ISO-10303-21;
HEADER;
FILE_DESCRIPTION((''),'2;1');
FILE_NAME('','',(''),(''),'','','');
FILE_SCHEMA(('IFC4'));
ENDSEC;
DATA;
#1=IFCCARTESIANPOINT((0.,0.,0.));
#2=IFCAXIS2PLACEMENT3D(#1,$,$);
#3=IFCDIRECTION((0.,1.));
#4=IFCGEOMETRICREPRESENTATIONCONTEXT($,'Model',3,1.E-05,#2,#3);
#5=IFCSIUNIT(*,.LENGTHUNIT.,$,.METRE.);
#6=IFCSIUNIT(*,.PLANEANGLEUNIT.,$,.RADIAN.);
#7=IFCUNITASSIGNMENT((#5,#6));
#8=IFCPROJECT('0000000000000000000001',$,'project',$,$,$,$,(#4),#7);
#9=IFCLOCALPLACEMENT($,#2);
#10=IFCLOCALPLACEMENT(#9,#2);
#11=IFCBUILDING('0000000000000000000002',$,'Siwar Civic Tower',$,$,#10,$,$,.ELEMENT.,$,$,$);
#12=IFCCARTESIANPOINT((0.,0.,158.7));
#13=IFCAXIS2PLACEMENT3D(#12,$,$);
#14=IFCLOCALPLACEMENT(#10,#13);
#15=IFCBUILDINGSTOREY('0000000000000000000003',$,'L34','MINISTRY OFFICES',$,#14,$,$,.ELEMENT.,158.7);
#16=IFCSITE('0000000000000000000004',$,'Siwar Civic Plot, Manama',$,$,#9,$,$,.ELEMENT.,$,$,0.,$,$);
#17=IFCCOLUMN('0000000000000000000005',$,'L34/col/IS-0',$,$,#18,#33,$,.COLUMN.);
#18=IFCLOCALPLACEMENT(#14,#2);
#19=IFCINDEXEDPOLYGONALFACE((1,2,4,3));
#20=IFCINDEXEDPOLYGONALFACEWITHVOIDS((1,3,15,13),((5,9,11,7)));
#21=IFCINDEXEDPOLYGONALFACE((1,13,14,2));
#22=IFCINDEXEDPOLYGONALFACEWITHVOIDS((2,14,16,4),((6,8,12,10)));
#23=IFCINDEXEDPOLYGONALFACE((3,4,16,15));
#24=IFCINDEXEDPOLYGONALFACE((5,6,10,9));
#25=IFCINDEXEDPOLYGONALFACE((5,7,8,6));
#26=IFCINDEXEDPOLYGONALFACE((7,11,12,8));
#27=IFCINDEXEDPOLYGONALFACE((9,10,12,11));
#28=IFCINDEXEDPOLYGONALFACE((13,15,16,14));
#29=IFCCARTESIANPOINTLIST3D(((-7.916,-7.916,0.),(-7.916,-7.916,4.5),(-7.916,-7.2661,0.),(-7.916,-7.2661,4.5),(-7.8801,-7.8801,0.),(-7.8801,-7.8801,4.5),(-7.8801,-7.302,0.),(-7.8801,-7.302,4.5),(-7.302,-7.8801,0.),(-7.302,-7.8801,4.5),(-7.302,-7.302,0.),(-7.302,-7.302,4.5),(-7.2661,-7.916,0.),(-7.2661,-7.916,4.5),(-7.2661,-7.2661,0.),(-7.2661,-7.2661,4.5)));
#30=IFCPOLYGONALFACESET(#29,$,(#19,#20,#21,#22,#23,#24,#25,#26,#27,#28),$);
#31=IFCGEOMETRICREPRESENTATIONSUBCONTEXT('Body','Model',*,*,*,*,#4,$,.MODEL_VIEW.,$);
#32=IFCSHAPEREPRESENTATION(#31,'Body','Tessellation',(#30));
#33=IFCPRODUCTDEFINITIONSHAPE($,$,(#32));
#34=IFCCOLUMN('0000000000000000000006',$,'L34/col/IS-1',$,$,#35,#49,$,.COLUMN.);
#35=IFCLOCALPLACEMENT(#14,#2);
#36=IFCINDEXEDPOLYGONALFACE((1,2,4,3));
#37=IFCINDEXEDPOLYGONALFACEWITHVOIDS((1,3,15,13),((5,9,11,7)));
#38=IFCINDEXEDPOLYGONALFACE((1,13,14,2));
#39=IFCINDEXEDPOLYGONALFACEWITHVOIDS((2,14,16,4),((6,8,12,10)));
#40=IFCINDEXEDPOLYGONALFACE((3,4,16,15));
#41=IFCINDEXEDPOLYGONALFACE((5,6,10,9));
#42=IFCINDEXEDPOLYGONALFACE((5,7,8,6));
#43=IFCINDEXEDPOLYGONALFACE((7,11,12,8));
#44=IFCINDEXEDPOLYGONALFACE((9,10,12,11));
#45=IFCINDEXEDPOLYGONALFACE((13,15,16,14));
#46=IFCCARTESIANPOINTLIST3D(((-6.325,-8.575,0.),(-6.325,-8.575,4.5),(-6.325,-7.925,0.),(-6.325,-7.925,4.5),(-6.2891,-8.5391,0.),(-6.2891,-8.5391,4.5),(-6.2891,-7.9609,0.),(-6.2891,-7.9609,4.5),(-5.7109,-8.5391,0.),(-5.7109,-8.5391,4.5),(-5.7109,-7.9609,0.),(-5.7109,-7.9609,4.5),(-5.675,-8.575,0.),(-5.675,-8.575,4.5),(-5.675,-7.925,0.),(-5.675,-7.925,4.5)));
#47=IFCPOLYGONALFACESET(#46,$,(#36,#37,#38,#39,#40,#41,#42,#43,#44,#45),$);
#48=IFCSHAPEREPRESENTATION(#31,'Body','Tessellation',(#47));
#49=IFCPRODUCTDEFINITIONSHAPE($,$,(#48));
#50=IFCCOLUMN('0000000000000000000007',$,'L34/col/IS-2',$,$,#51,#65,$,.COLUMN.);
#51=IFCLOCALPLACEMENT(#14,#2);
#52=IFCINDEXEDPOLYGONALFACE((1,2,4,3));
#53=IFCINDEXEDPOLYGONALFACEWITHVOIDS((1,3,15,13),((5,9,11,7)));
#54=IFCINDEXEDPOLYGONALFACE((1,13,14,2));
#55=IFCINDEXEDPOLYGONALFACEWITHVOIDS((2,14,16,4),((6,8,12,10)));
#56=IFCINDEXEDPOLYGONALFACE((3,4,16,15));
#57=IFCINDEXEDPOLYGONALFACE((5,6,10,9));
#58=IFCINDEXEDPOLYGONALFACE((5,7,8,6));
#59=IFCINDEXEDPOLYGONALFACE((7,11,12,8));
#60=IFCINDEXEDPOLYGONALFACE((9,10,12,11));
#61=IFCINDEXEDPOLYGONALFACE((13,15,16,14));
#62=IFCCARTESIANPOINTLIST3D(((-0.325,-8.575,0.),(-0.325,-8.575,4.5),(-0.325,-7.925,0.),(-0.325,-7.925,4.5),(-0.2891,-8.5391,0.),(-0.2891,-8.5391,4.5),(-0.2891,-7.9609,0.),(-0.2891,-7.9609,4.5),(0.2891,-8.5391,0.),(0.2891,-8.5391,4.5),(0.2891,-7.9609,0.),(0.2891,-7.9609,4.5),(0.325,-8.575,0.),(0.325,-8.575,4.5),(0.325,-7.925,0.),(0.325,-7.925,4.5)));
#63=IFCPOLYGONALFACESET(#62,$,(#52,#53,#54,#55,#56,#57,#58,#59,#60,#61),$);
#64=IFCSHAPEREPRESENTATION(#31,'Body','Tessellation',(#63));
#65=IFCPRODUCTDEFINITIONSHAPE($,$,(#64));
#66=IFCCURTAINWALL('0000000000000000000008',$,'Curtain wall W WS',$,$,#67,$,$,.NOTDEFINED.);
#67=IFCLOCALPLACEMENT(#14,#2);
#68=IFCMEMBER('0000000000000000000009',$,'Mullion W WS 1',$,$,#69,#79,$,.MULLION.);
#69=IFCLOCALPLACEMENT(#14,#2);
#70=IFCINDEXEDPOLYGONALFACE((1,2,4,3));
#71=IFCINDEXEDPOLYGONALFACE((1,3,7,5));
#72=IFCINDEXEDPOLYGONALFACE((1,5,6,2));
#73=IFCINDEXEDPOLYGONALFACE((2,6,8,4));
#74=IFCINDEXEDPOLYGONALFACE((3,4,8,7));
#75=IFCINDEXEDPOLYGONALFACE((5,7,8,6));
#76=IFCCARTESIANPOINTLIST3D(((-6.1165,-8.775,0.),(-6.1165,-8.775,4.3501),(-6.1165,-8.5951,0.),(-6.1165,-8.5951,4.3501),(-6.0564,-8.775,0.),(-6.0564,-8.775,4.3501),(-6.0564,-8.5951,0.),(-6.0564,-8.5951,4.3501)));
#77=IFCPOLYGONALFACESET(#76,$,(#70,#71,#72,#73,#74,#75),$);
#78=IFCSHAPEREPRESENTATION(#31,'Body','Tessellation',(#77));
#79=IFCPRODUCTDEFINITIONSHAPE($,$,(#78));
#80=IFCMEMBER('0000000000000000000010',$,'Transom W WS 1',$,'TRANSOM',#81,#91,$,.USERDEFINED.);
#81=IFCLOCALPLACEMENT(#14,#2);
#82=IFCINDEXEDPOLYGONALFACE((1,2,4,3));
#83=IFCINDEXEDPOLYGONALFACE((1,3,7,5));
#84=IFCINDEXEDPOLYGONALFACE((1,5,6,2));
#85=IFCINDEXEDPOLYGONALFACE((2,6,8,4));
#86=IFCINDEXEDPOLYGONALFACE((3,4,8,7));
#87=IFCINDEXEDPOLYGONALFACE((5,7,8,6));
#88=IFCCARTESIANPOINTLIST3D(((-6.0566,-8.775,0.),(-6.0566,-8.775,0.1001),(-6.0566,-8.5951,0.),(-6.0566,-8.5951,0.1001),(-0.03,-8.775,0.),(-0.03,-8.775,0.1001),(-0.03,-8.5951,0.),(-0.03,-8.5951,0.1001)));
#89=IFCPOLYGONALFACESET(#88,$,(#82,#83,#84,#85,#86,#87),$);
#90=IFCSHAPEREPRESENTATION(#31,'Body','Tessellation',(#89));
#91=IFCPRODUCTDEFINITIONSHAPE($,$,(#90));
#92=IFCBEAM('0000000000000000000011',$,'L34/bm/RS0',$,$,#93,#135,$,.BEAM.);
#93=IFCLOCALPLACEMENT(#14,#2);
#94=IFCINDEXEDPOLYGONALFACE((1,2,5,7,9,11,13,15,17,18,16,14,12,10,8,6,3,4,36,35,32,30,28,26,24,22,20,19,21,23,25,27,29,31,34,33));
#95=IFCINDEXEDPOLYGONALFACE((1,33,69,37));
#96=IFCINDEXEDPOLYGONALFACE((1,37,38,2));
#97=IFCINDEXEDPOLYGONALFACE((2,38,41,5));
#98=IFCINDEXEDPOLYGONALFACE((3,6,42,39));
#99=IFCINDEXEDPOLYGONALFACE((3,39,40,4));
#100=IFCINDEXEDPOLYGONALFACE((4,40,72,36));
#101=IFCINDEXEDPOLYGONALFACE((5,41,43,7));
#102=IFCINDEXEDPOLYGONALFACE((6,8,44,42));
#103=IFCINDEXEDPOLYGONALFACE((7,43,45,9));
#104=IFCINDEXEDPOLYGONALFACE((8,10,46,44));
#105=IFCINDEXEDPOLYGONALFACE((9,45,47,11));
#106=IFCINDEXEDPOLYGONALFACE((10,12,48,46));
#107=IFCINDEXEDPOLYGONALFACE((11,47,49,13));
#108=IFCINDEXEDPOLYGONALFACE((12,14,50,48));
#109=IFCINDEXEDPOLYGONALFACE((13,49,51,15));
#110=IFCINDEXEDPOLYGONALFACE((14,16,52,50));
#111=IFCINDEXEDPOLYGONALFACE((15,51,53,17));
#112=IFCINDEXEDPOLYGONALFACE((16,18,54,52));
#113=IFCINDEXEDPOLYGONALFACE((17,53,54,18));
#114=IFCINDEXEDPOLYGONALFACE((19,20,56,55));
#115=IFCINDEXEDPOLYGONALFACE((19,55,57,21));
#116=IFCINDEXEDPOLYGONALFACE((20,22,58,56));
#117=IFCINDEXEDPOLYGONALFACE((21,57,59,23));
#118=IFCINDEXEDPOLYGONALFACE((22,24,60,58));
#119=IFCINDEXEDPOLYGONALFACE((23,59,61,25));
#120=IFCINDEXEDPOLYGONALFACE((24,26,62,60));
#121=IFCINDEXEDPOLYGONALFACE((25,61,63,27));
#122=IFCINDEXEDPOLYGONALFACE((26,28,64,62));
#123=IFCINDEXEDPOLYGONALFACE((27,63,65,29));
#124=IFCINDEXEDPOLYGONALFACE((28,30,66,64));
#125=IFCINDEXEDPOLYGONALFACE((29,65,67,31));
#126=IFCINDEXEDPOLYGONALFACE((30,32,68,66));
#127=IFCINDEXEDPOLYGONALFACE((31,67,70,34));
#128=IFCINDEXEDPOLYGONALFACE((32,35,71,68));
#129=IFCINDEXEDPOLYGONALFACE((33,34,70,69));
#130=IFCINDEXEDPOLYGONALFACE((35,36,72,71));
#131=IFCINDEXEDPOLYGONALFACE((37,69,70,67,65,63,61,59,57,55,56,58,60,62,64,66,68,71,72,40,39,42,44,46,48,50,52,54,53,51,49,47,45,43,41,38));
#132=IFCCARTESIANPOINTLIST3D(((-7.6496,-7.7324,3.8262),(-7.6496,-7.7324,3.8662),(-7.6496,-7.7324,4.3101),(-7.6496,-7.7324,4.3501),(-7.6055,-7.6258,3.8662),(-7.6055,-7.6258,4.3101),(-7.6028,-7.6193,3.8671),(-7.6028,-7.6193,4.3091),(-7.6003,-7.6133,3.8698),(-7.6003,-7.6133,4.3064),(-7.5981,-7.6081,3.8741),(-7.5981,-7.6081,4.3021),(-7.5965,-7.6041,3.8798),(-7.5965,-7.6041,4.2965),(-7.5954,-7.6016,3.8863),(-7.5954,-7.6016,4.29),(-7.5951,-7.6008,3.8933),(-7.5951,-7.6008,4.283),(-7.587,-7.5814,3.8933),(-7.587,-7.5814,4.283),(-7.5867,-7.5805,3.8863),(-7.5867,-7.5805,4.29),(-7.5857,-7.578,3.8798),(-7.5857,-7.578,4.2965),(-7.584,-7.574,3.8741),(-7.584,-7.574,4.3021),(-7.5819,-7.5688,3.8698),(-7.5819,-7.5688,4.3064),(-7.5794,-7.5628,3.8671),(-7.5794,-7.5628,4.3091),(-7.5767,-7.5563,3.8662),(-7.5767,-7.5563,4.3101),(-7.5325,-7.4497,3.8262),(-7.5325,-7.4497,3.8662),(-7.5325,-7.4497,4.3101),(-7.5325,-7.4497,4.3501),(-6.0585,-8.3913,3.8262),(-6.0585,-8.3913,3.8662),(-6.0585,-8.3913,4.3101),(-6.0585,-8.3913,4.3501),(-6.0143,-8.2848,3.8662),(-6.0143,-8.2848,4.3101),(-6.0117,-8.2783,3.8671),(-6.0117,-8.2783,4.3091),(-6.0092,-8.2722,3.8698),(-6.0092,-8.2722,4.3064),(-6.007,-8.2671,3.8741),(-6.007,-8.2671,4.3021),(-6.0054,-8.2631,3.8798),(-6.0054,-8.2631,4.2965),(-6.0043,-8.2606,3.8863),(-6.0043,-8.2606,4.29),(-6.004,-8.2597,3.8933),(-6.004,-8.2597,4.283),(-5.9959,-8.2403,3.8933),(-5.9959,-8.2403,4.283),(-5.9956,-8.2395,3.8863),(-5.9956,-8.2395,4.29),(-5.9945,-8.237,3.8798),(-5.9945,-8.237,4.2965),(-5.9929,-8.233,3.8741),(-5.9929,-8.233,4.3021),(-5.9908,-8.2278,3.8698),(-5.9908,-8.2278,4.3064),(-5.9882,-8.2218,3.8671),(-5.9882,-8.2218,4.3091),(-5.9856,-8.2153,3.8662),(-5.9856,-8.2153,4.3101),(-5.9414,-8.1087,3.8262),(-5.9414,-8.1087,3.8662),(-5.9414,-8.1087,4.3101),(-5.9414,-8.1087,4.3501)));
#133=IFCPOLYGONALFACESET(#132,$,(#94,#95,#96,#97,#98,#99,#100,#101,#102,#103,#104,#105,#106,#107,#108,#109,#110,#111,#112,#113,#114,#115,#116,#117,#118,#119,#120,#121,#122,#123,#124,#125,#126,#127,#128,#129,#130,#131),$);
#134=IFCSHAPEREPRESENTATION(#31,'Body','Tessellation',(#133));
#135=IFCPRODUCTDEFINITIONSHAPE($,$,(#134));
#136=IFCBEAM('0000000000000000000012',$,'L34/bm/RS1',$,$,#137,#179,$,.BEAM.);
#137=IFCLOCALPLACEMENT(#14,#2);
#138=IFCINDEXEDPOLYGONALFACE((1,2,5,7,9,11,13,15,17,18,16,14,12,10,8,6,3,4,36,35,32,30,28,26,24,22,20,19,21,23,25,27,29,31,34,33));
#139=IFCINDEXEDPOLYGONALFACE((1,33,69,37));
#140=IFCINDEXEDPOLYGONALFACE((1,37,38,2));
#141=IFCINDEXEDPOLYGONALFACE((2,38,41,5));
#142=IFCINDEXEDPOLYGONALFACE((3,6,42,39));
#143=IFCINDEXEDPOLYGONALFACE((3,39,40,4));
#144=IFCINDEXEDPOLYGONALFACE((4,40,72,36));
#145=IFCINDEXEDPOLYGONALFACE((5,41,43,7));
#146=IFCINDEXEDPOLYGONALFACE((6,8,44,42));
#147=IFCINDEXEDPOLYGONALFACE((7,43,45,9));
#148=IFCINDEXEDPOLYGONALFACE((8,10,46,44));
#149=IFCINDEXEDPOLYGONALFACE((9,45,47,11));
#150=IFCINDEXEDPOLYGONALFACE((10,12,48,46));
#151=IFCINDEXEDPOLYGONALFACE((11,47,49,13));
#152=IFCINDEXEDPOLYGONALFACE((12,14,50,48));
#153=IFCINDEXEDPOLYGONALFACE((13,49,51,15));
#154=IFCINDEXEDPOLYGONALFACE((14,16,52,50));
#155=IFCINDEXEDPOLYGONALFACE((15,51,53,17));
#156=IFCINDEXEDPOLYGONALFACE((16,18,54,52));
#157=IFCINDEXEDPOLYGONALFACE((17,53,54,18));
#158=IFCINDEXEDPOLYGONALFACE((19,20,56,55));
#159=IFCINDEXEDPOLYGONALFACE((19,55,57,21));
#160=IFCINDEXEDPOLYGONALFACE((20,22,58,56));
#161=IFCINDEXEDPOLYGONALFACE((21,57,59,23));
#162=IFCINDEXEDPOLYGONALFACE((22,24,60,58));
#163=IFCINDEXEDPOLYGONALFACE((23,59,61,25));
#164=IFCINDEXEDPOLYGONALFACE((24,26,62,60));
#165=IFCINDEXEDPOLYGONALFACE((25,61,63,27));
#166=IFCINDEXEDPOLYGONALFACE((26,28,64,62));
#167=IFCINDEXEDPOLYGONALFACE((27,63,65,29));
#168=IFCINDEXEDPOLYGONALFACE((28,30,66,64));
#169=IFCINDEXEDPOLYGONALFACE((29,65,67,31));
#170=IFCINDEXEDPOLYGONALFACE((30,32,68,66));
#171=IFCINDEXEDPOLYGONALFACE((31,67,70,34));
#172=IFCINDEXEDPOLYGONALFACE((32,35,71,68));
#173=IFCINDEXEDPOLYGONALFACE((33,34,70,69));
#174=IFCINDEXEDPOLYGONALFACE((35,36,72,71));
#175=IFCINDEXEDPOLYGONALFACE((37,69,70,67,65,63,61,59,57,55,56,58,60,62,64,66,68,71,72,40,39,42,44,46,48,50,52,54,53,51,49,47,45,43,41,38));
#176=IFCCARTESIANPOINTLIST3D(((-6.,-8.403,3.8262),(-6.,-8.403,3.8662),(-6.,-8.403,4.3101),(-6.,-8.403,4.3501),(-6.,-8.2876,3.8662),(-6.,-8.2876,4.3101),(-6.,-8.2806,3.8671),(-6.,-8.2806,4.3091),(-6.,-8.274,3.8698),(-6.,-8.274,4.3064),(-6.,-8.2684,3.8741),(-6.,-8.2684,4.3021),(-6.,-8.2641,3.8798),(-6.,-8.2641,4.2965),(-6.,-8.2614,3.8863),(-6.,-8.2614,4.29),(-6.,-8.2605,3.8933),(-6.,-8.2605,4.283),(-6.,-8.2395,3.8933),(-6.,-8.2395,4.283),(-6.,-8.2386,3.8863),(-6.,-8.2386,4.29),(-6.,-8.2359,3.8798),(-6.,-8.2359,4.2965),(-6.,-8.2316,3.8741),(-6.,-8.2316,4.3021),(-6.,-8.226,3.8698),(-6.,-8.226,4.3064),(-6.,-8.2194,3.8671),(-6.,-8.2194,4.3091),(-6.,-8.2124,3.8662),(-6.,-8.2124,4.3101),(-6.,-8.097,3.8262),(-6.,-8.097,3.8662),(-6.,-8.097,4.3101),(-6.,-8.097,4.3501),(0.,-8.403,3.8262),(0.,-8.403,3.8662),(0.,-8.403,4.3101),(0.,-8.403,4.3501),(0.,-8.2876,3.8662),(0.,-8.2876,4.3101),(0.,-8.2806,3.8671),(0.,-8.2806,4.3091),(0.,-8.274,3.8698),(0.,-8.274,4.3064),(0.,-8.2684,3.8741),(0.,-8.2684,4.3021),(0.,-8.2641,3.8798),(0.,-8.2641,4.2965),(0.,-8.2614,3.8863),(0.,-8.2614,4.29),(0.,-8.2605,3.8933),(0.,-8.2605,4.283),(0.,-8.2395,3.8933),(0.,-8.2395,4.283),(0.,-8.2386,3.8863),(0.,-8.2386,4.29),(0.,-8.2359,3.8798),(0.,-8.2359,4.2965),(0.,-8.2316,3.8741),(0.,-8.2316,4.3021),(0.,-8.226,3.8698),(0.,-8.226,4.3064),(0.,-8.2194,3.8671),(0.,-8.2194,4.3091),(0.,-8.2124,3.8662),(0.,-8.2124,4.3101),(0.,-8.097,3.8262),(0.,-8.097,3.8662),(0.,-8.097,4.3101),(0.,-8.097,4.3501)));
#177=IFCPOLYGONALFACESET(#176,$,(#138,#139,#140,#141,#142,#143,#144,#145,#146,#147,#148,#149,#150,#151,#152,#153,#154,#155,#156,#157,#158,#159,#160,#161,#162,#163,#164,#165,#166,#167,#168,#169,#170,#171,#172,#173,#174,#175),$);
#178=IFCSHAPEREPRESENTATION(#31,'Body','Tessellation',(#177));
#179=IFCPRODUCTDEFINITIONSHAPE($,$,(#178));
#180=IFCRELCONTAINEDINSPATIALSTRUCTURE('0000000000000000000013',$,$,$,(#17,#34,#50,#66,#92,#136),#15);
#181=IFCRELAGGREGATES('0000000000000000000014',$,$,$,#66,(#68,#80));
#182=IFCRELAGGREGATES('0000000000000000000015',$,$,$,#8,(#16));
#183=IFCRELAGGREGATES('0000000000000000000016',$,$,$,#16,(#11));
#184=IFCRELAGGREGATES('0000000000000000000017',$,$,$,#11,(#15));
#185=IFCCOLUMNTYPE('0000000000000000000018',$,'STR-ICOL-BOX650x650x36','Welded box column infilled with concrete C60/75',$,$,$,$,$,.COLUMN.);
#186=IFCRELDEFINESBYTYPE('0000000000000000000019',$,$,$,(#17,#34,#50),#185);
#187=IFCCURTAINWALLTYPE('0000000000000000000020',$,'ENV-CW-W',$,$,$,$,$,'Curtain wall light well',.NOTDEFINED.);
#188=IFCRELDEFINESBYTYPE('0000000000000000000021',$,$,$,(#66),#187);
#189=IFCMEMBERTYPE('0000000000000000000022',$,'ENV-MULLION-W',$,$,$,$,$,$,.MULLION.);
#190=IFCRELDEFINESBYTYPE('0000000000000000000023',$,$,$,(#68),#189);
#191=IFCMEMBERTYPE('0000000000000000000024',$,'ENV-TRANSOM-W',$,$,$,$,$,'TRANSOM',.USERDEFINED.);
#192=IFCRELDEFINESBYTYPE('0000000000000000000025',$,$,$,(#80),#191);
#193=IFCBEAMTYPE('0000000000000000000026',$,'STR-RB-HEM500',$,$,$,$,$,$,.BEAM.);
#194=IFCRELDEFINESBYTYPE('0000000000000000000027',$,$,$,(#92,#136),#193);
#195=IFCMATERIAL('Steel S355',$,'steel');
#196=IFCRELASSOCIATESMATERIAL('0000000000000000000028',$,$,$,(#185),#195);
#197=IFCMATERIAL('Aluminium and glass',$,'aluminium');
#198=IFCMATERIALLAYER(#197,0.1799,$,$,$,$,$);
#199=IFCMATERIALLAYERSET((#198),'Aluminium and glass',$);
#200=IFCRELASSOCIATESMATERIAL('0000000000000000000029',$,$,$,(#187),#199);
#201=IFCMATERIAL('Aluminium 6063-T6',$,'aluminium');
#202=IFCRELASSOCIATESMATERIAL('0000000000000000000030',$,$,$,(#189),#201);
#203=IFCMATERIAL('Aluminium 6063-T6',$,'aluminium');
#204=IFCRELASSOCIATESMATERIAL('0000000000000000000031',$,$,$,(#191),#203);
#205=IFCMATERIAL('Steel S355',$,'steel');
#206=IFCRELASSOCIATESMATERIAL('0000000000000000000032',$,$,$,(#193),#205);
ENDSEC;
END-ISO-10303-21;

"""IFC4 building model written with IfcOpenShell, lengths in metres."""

from ifc_helpers import new_model, si_unit, direction, frame, origin, origin_2d, place, context, subcontext, project, spatial, rectangle, hollow_rectangle, i_section, extrude, material, layer, layer_set, material_profile, profile_set, type_object, element, aggregate, save


model = new_model("IFC4")

# Units and contexts
model_context = context("Model", 3, precision=1e-05, world=origin(), true_north=direction((0.0, 1.0)))
body_context = subcontext(model_context, "Body", "Model", "MODEL_VIEW")
ifc_project = project(units=[si_unit("LENGTHUNIT", "METRE"), si_unit("PLANEANGLEUNIT", "RADIAN")], contexts=[model_context])

# Site, building, storey
site_placement = place(None, origin())
site = spatial("IfcSite", under=ifc_project, at=site_placement, Name="Siwar Civic Plot, Manama", CompositionType="ELEMENT", RefElevation=0.0)
building_placement = place(site_placement, origin())
building = spatial("IfcBuilding", under=site, at=building_placement, Name="Siwar Civic Tower", CompositionType="ELEMENT")
storey_placement = place(building_placement, frame((0.0, 0.0, 158.7)))
storey = spatial("IfcBuildingStorey", under=building, at=storey_placement, Name="L34", Description="MINISTRY OFFICES", CompositionType="ELEMENT", Elevation=158.7)

# Columns
ifc_material_1 = material(Name="Steel S355", Category="steel")
ifc_material_profile_1 = material_profile(ifc_material_1, hollow_rectangle(XDim=0.6499, YDim=0.6499, WallThickness=0.0359, at=origin_2d()), Name="BOX650x650x36")
ifc_profile_set_1 = profile_set([ifc_material_profile_1], Name="Steel S355")
column_type = type_object("IfcColumnType", Name="STR-ICOL-BOX650x650x36", Description="Welded box column infilled with concrete C60/75", PredefinedType="COLUMN", material=ifc_profile_set_1)
for number, where, z_axis, x_axis, name in (
    (1, (-7.5911, -7.5911, 0.0), (0.0, 0.0, 1.0), (1.0, 0.0, 0.0), "L34/col/IS-0"),
    (2, (-6.0, -8.25, 0.0), (0.0, 0.0, 1.0), (1.0, 0.0, 0.0), "L34/col/IS-1"),
    (3, (0.0, -8.25, 0.0), (0.0, 0.0, 1.0), (1.0, 0.0, 0.0), "L34/col/IS-2"),
):
    element("IfcColumn", number, at=place(storey_placement, frame(where, z_axis=z_axis, x_axis=x_axis)), inside=storey, type_object=column_type, Name=name, PredefinedType="COLUMN", context=body_context, shape_type="SweptSolid", body=[
        extrude(hollow_rectangle(XDim=0.6499, YDim=0.6499, WallThickness=0.0359, at=origin_2d()), origin(), (0.0, 0.0, 1.0), 4.5),
    ])

# Curtain wall, members
ifc_material_2 = material(Name="Aluminium and glass", Category="aluminium")
ifc_layer_1 = layer(ifc_material_2, 0.1799)
ifc_layer_set_1 = layer_set([ifc_layer_1], Name="Aluminium and glass")
curtain_wall_type = type_object("IfcCurtainWallType", Name="ENV-CW-W", ElementType="Curtain wall light well", PredefinedType="NOTDEFINED", material=ifc_layer_set_1)
curtain_wall_placement = place(storey_placement, origin())
curtain_wall = element("IfcCurtainWall", 4, at=curtain_wall_placement, inside=storey, type_object=curtain_wall_type, Name="Curtain wall W WS", PredefinedType="NOTDEFINED")
ifc_material_3 = material(Name="Aluminium 6063-T6", Category="aluminium")
ifc_material_profile_2 = material_profile(ifc_material_3, rectangle(XDim=0.1799, YDim=0.0601, at=origin_2d()), Name="AL 180x60")
ifc_profile_set_2 = profile_set([ifc_material_profile_2], Name="Aluminium 6063-T6")
member_type_1 = type_object("IfcMemberType", Name="ENV-MULLION-W", PredefinedType="MULLION", material=ifc_profile_set_2)
member_1_placement = place(storey_placement, frame((-6.0864, -8.6851, 0.0), z_axis=(0.0, 0.0, 1.0), x_axis=(0.0, 1.0, 0.0)))
member_1 = element("IfcMember", 5, at=member_1_placement, type_object=member_type_1, Name="Mullion W WS 1", PredefinedType="MULLION", context=body_context, shape_type="SweptSolid", body=[
    extrude(rectangle(XDim=0.1799, YDim=0.0601, at=origin_2d()), origin(), (0.0, 0.0, 1.0), 4.3501),
])
ifc_material_4 = material(Name="Aluminium 6063-T6", Category="aluminium")
ifc_material_profile_3 = material_profile(ifc_material_4, rectangle(XDim=0.1799, YDim=0.1001, at=origin_2d()), Name="AL 180x100")
ifc_profile_set_3 = profile_set([ifc_material_profile_3], Name="Aluminium 6063-T6")
member_type_2 = type_object("IfcMemberType", Name="ENV-TRANSOM-W", ElementType="TRANSOM", PredefinedType="USERDEFINED", material=ifc_profile_set_3)
member_2_placement = place(storey_placement, frame((-6.0566, -8.6851, 0.05), z_axis=(1.0, 0.0, 0.0), x_axis=(0.0, 1.0, 0.0)))
member_2 = element("IfcMember", 6, at=member_2_placement, type_object=member_type_2, Name="Transom W WS 1", ObjectType="TRANSOM", PredefinedType="USERDEFINED", context=body_context, shape_type="SweptSolid", body=[
    extrude(rectangle(XDim=0.1799, YDim=0.1001, at=origin_2d()), origin(), (0.0, 0.0, 1.0), 6.0266),
])

# Beams
ifc_material_5 = material(Name="Steel S355", Category="steel")
ifc_material_profile_4 = material_profile(ifc_material_5, i_section(OverallWidth=0.3059, OverallDepth=0.5239, WebThickness=0.021, FlangeThickness=0.04, FilletRadius=0.0271, at=origin_2d()), Name="HEM500")
ifc_profile_set_4 = profile_set([ifc_material_profile_4], Name="Steel S355")
beam_type = type_object("IfcBeamType", Name="STR-RB-HEM500", PredefinedType="BEAM", material=ifc_profile_set_4)
beam_1_placement = place(storey_placement, frame((-7.5911, -7.5911, 4.0881), z_axis=(0.923901, -0.382631, 0.0), x_axis=(0.382631, 0.923901, 0.0)))
element("IfcBeam", 7, at=beam_1_placement, inside=storey, type_object=beam_type, Name="L34/bm/RS0", PredefinedType="BEAM", context=body_context, shape_type="SweptSolid", body=[
    extrude(i_section(OverallWidth=0.3059, OverallDepth=0.5239, WebThickness=0.021, FlangeThickness=0.04, FilletRadius=0.0271, at=origin_2d()), origin(), (0.0, 0.0, 1.0), 1.7222),
])
for number, where, z_axis, x_axis, name in (
    (8, (-6.0, -8.25, 4.0881), (1.0, 0.0, 0.0), (0.0, 1.0, 0.0), "L34/bm/RS1"),
):
    element("IfcBeam", number, at=place(storey_placement, frame(where, z_axis=z_axis, x_axis=x_axis)), inside=storey, type_object=beam_type, Name=name, PredefinedType="BEAM", context=body_context, shape_type="SweptSolid", body=[
        extrude(i_section(OverallWidth=0.3059, OverallDepth=0.5239, WebThickness=0.021, FlangeThickness=0.04, FilletRadius=0.0271, at=origin_2d()), origin(), (0.0, 0.0, 1.0), 6.0),
    ])

aggregate(curtain_wall, [member_1, member_2])

save(model, "model.ifc")
